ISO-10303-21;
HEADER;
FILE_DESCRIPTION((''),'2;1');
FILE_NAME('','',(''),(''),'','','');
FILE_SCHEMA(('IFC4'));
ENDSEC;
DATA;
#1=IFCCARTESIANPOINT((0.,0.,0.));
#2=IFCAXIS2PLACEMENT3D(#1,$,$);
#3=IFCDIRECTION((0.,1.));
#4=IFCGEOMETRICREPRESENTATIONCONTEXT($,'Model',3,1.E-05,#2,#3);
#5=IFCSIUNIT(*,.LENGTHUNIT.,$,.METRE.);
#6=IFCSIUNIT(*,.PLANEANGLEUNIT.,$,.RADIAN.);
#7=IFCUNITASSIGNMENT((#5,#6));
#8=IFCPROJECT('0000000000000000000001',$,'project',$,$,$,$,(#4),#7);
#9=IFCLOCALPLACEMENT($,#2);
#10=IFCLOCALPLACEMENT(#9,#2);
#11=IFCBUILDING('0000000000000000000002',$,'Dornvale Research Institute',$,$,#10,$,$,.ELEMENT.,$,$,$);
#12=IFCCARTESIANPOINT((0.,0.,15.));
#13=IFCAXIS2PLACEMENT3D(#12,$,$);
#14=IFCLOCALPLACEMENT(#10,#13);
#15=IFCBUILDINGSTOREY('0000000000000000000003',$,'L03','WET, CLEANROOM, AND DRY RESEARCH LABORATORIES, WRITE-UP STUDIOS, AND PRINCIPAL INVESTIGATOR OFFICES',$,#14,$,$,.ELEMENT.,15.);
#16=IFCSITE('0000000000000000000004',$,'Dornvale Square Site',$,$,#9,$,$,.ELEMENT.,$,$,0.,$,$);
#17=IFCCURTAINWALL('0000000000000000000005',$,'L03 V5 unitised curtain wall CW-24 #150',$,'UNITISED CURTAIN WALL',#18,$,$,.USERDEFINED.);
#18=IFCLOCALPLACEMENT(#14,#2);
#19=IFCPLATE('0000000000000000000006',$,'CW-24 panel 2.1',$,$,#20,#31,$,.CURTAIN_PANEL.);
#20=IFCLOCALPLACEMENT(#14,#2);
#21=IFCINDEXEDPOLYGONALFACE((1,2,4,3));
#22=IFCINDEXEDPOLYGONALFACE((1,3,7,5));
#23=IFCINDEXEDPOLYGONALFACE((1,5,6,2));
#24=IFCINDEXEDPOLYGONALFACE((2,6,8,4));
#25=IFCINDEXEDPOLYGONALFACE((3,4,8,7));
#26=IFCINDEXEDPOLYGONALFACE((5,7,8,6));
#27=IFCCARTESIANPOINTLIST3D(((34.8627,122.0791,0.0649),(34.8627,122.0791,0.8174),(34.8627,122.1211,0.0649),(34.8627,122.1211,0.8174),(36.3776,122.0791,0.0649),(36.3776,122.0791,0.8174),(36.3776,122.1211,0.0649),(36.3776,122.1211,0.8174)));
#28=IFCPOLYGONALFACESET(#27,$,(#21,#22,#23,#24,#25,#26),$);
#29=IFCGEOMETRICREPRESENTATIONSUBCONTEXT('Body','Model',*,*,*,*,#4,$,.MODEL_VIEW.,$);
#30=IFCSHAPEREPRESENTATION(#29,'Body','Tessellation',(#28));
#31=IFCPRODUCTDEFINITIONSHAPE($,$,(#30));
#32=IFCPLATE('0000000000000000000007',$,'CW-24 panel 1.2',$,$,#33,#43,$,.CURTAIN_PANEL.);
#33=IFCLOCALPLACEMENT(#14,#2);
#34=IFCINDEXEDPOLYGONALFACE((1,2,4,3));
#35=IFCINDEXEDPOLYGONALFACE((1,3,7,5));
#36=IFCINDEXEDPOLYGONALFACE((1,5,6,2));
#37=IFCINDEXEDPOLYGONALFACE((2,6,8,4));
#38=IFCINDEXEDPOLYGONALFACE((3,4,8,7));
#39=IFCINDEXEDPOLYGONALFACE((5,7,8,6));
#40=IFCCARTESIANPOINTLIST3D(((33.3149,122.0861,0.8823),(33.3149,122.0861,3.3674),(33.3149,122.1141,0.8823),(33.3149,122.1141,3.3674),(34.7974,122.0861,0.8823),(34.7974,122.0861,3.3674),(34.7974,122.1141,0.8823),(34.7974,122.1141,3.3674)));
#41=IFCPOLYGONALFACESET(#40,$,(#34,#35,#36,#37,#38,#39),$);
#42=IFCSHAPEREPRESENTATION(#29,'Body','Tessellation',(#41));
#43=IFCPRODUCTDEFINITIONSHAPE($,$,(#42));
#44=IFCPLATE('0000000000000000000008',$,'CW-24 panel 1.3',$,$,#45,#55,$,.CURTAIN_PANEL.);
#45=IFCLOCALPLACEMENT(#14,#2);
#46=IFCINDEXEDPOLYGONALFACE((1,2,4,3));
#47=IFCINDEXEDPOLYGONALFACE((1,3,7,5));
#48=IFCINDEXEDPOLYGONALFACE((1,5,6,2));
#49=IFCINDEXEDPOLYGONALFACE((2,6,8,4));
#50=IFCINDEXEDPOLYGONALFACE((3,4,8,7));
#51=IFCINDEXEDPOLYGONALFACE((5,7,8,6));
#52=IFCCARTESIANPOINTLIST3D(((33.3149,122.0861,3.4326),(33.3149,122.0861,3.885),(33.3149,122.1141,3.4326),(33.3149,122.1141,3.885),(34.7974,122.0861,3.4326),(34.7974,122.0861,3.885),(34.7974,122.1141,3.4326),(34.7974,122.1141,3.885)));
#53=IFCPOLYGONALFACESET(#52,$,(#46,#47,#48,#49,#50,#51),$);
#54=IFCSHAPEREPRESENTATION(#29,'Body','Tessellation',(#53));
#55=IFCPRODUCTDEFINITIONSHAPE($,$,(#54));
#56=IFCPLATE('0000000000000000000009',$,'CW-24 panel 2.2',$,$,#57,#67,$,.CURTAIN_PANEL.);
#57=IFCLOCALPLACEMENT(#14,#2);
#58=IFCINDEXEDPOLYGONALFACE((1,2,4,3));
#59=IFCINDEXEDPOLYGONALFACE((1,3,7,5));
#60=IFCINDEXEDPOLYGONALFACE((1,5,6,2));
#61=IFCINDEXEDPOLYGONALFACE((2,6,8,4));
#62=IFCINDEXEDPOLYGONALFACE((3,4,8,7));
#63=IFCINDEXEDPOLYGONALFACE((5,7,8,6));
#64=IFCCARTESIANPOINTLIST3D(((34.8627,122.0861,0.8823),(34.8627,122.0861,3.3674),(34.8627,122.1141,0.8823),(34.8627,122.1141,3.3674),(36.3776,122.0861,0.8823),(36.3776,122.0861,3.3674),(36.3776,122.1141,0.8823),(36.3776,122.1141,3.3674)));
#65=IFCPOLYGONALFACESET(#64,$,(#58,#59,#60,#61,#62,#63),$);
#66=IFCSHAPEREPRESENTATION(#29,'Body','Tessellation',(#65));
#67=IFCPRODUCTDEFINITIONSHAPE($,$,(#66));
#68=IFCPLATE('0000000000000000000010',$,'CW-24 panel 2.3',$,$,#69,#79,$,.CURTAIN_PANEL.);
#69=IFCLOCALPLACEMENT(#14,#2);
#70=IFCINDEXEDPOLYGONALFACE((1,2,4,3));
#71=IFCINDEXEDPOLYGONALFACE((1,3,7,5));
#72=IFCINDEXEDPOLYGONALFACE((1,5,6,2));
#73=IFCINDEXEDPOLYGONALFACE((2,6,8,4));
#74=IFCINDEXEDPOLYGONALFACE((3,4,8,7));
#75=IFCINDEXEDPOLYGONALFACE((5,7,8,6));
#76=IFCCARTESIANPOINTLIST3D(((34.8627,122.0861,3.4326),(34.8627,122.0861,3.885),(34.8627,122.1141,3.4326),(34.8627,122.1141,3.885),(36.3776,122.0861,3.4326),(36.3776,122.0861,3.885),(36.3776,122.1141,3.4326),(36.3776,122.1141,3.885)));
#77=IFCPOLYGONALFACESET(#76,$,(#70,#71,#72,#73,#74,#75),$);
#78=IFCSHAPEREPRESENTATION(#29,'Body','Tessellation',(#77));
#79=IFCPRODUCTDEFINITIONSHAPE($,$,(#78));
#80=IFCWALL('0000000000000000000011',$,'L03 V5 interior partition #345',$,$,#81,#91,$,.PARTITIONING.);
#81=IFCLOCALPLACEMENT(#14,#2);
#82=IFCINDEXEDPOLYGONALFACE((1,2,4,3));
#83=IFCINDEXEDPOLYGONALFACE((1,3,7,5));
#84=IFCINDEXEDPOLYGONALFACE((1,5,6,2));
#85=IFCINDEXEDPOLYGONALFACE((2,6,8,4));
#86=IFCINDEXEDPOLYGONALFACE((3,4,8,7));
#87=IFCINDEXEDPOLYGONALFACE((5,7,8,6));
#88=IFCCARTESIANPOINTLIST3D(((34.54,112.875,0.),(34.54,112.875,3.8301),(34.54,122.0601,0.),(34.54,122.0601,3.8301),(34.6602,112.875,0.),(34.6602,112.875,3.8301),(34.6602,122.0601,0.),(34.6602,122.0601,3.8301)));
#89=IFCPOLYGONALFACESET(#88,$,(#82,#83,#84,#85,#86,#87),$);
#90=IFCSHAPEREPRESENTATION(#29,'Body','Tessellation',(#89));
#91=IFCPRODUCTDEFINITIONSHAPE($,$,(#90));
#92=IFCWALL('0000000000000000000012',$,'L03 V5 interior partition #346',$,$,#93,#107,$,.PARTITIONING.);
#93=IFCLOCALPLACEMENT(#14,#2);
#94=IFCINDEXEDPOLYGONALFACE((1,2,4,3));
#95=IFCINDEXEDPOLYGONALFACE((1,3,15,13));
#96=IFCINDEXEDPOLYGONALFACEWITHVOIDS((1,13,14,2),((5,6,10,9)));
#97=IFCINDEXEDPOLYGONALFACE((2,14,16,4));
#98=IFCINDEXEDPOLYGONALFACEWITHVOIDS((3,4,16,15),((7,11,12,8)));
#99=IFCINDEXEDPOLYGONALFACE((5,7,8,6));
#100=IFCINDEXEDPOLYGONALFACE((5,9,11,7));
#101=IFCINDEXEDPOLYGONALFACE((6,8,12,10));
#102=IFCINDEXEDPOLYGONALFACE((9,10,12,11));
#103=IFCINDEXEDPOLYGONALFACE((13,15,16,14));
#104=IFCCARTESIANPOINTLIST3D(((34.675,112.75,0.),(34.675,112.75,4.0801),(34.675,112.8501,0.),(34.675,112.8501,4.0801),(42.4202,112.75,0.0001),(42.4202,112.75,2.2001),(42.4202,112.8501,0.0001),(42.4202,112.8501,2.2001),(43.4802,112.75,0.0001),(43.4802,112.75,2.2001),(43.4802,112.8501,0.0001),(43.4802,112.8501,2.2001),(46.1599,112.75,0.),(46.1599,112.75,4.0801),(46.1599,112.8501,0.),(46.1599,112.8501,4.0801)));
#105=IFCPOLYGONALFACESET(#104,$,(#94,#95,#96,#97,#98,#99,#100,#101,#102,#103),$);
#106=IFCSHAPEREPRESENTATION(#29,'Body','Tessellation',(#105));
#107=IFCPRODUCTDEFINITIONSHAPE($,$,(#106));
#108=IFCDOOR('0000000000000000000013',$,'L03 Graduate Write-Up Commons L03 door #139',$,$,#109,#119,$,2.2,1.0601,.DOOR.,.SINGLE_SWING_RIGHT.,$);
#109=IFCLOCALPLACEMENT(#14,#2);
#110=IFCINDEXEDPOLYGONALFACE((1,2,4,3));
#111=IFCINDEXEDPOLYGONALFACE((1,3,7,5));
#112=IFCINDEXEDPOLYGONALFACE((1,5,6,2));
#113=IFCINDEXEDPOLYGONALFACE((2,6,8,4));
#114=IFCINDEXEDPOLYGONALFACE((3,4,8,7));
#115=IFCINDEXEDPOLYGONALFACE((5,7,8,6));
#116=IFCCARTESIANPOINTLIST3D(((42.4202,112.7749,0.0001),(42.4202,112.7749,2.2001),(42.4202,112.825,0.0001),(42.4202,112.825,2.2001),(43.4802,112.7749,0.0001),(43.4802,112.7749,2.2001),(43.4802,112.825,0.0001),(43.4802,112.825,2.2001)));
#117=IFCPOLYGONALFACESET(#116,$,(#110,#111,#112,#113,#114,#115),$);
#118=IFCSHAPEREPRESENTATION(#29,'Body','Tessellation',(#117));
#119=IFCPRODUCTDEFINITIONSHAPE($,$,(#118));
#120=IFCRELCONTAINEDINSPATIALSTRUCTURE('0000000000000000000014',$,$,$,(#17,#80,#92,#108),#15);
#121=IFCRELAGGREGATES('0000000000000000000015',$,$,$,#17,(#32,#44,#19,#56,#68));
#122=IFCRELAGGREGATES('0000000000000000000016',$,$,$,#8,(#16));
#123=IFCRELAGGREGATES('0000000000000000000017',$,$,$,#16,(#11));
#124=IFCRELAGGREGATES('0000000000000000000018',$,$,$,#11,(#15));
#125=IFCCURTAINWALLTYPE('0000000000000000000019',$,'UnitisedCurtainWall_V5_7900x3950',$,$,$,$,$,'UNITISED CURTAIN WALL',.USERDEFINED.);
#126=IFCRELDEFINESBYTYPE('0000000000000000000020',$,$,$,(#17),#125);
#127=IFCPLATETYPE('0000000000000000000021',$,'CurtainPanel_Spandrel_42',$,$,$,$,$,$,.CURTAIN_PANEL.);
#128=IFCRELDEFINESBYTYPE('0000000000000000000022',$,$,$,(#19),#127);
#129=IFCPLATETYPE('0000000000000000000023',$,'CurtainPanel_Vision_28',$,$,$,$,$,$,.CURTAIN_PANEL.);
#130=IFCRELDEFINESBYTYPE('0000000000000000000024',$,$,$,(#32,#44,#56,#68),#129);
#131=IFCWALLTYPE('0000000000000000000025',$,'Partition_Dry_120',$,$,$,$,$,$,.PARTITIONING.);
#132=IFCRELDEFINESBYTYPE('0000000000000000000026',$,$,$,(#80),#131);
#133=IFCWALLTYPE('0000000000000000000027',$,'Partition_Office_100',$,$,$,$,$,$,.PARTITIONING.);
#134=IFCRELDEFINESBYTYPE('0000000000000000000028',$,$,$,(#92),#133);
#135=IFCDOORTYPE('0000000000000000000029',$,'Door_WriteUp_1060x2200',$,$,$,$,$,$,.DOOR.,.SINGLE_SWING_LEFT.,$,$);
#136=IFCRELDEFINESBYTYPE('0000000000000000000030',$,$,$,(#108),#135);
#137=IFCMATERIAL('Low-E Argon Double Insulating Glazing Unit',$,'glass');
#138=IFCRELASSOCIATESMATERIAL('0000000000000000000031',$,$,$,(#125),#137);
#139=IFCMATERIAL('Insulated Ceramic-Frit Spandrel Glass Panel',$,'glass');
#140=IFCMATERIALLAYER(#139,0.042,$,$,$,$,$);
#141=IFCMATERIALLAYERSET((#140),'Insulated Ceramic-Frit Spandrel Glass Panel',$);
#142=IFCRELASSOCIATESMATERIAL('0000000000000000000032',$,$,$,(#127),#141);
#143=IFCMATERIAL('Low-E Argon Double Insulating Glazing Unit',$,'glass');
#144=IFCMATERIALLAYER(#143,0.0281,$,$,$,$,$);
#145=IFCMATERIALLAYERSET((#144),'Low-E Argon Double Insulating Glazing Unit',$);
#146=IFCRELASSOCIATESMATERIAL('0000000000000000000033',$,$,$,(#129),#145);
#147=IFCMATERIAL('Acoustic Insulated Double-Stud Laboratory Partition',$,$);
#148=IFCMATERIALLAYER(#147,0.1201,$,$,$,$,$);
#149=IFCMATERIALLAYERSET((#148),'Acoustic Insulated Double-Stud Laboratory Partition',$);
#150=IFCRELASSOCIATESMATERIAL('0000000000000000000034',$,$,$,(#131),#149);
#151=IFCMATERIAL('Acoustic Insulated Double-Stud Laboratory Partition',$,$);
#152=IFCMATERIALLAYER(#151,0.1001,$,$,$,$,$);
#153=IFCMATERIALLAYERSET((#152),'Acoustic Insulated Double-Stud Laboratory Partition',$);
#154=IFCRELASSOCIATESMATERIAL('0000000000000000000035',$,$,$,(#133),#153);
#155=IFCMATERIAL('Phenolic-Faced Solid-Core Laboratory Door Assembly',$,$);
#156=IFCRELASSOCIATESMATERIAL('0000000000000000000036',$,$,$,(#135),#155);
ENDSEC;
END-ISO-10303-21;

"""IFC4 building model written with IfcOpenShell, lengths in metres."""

from ifc_helpers import new_model, si_unit, direction, frame, frame_2d, origin, origin_2d, place, context, subcontext, project, spatial, rectangle, extrude, material, layer, layer_set, type_object, element, fill, aggregate, save


model = new_model("IFC4")

# Units and contexts
model_context = context("Model", 3, precision=1e-05, world=origin(), true_north=direction((0.0, 1.0)))
body_context = subcontext(model_context, "Body", "Model", "MODEL_VIEW")
ifc_project = project(units=[si_unit("LENGTHUNIT", "METRE"), si_unit("PLANEANGLEUNIT", "RADIAN")], contexts=[model_context])

# Site, building, storey
site_placement = place(None, origin())
site = spatial("IfcSite", under=ifc_project, at=site_placement, Name="Dornvale Square Site", CompositionType="ELEMENT", RefElevation=0.0)
building_placement = place(site_placement, origin())
building = spatial("IfcBuilding", under=site, at=building_placement, Name="Dornvale Research Institute", CompositionType="ELEMENT")
storey_placement = place(building_placement, frame((0.0, 0.0, 15.0)))
storey = spatial("IfcBuildingStorey", under=building, at=storey_placement, Name="L03", Description="WET, CLEANROOM, AND DRY RESEARCH LABORATORIES, WRITE-UP STUDIOS, AND PRINCIPAL INVESTIGATOR OFFICES", CompositionType="ELEMENT", Elevation=15.0)

# Curtain wall, plates
ifc_material_1 = material(Name="Low-E Argon Double Insulating Glazing Unit", Category="glass")
curtain_wall_type = type_object("IfcCurtainWallType", Name="UnitisedCurtainWall_V5_7900x3950", ElementType="UNITISED CURTAIN WALL", PredefinedType="USERDEFINED", material=ifc_material_1)
curtain_wall_placement = place(storey_placement, origin())
curtain_wall = element("IfcCurtainWall", 1, at=curtain_wall_placement, inside=storey, type_object=curtain_wall_type, Name="L03 V5 unitised curtain wall CW-24 #150", ObjectType="UNITISED CURTAIN WALL", PredefinedType="USERDEFINED")
ifc_material_2 = material(Name="Insulated Ceramic-Frit Spandrel Glass Panel", Category="glass")
ifc_layer_1 = layer(ifc_material_2, 0.042)
ifc_layer_set_1 = layer_set([ifc_layer_1], Name="Insulated Ceramic-Frit Spandrel Glass Panel")
plate_type_1 = type_object("IfcPlateType", Name="CurtainPanel_Spandrel_42", PredefinedType="CURTAIN_PANEL", material=ifc_layer_set_1)
plate_1_placement = place(storey_placement, frame((35.6201, 122.1001, 0.0649), z_axis=(0.0, 0.0, 1.0), x_axis=(1.0, 0.0, 0.0)))
plate_1 = element("IfcPlate", 2, at=plate_1_placement, type_object=plate_type_1, Name="CW-24 panel 2.1", PredefinedType="CURTAIN_PANEL", context=body_context, shape_type="SweptSolid", body=[
    extrude(rectangle(XDim=1.5149, YDim=0.042, at=origin_2d()), origin(), (0.0, 0.0, 1.0), 0.7524),
])
ifc_material_3 = material(Name="Low-E Argon Double Insulating Glazing Unit", Category="glass")
ifc_layer_2 = layer(ifc_material_3, 0.0281)
ifc_layer_set_2 = layer_set([ifc_layer_2], Name="Low-E Argon Double Insulating Glazing Unit")
plate_type_2 = type_object("IfcPlateType", Name="CurtainPanel_Vision_28", PredefinedType="CURTAIN_PANEL", material=ifc_layer_set_2)
plate_2_placement = place(storey_placement, frame((34.0562, 122.1001, 0.8823), z_axis=(0.0, 0.0, 1.0), x_axis=(1.0, 0.0, 0.0)))
plate_2 = element("IfcPlate", 3, at=plate_2_placement, type_object=plate_type_2, Name="CW-24 panel 1.2", PredefinedType="CURTAIN_PANEL", context=body_context, shape_type="SweptSolid", body=[
    extrude(rectangle(XDim=1.4824, YDim=0.0281, at=origin_2d()), origin(), (0.0, 0.0, 1.0), 2.4851),
])
plate_3_placement = place(storey_placement, frame((34.0562, 122.1001, 3.4326), z_axis=(0.0, 0.0, 1.0), x_axis=(1.0, 0.0, 0.0)))
plate_3 = element("IfcPlate", 4, at=plate_3_placement, type_object=plate_type_2, Name="CW-24 panel 1.3", PredefinedType="CURTAIN_PANEL", context=body_context, shape_type="SweptSolid", body=[
    extrude(rectangle(XDim=1.4824, YDim=0.0281, at=origin_2d()), origin(), (0.0, 0.0, 1.0), 0.4524),
])
plate_4_placement = place(storey_placement, frame((35.6201, 122.1001, 0.8823), z_axis=(0.0, 0.0, 1.0), x_axis=(1.0, 0.0, 0.0)))
plate_4 = element("IfcPlate", 5, at=plate_4_placement, type_object=plate_type_2, Name="CW-24 panel 2.2", PredefinedType="CURTAIN_PANEL", context=body_context, shape_type="SweptSolid", body=[
    extrude(rectangle(XDim=1.5149, YDim=0.0281, at=origin_2d()), origin(), (0.0, 0.0, 1.0), 2.4851),
])
plate_5_placement = place(storey_placement, frame((35.6201, 122.1001, 3.4326), z_axis=(0.0, 0.0, 1.0), x_axis=(1.0, 0.0, 0.0)))
plate_5 = element("IfcPlate", 6, at=plate_5_placement, type_object=plate_type_2, Name="CW-24 panel 2.3", PredefinedType="CURTAIN_PANEL", context=body_context, shape_type="SweptSolid", body=[
    extrude(rectangle(XDim=1.5149, YDim=0.0281, at=origin_2d()), origin(), (0.0, 0.0, 1.0), 0.4524),
])
aggregate(curtain_wall, [plate_2, plate_3, plate_1, plate_4, plate_5])

# Wall
ifc_material_4 = material(Name="Acoustic Insulated Double-Stud Laboratory Partition")
ifc_layer_3 = layer(ifc_material_4, 0.1201)
ifc_layer_set_3 = layer_set([ifc_layer_3], Name="Acoustic Insulated Double-Stud Laboratory Partition")
wall_type_1 = type_object("IfcWallType", Name="Partition_Dry_120", PredefinedType="PARTITIONING", material=ifc_layer_set_3)
wall_1_placement = place(storey_placement, frame((34.6001, 112.875, 0.0), z_axis=(0.0, 0.0, 1.0), x_axis=(0.0, 1.0, 0.0)))
element("IfcWall", 7, at=wall_1_placement, inside=storey, type_object=wall_type_1, Name="L03 V5 interior partition #345", PredefinedType="PARTITIONING", context=body_context, shape_type="SweptSolid", body=[
    extrude(rectangle(XDim=9.1851, YDim=0.1201, at=frame_2d((4.5925, 0.0))), origin(), (0.0, 0.0, 1.0), 3.8301),
])

# Wall, opening, door
ifc_material_5 = material(Name="Acoustic Insulated Double-Stud Laboratory Partition")
ifc_layer_4 = layer(ifc_material_5, 0.1001)
ifc_layer_set_4 = layer_set([ifc_layer_4], Name="Acoustic Insulated Double-Stud Laboratory Partition")
wall_type_2 = type_object("IfcWallType", Name="Partition_Office_100", PredefinedType="PARTITIONING", material=ifc_layer_set_4)
wall_2_placement = place(storey_placement, frame((34.675, 112.8, 0.0), z_axis=(0.0, 0.0, 1.0), x_axis=(1.0, 0.0, 0.0)))
wall_2 = element("IfcWall", 8, at=wall_2_placement, inside=storey, type_object=wall_type_2, Name="L03 V5 interior partition #346", PredefinedType="PARTITIONING", context=body_context, shape_type="SweptSolid", body=[
    extrude(rectangle(XDim=11.4849, YDim=0.1001, at=frame_2d((5.7424, 0.0))), origin(), (0.0, 0.0, 1.0), 4.0801),
])
opening_placement = place(wall_2_placement, frame((7.7451, 0.0, 0.0)))
opening = element("IfcOpeningElement", 9, at=opening_placement, cuts=wall_2, PredefinedType="OPENING", context=body_context, shape_type="SweptSolid", body=[
    extrude(rectangle(XDim=1.0601, YDim=2.2, at=frame_2d((0.53, 1.1001))), frame((0.0, 0.0649, 0.0), z_axis=(0.0, -1.0, 0.0), x_axis=(1.0, 0.0, 0.0)), (0.0, 0.0, 1.0), 0.1301),
])
ifc_material_6 = material(Name="Phenolic-Faced Solid-Core Laboratory Door Assembly")
door_type = type_object("IfcDoorType", Name="Door_WriteUp_1060x2200", OperationType="SINGLE_SWING_LEFT", PredefinedType="DOOR", material=ifc_material_6)
door_placement = place(opening_placement, origin())
door = element("IfcDoor", 10, at=door_placement, inside=storey, type_object=door_type, Name="L03 Graduate Write-Up Commons L03 door #139", OperationType="SINGLE_SWING_RIGHT", OverallHeight=2.2, OverallWidth=1.0601, PredefinedType="DOOR", context=body_context, shape_type="SweptSolid", body=[
    extrude(rectangle(XDim=1.0601, YDim=2.2, at=frame_2d((0.53, 1.1001))), frame((0.0, 0.0249, 0.0), z_axis=(0.0, -1.0, 0.0), x_axis=(1.0, 0.0, 0.0)), (0.0, 0.0, 1.0), 0.05),
])
fill(opening, door)

save(model, "model.ifc")
